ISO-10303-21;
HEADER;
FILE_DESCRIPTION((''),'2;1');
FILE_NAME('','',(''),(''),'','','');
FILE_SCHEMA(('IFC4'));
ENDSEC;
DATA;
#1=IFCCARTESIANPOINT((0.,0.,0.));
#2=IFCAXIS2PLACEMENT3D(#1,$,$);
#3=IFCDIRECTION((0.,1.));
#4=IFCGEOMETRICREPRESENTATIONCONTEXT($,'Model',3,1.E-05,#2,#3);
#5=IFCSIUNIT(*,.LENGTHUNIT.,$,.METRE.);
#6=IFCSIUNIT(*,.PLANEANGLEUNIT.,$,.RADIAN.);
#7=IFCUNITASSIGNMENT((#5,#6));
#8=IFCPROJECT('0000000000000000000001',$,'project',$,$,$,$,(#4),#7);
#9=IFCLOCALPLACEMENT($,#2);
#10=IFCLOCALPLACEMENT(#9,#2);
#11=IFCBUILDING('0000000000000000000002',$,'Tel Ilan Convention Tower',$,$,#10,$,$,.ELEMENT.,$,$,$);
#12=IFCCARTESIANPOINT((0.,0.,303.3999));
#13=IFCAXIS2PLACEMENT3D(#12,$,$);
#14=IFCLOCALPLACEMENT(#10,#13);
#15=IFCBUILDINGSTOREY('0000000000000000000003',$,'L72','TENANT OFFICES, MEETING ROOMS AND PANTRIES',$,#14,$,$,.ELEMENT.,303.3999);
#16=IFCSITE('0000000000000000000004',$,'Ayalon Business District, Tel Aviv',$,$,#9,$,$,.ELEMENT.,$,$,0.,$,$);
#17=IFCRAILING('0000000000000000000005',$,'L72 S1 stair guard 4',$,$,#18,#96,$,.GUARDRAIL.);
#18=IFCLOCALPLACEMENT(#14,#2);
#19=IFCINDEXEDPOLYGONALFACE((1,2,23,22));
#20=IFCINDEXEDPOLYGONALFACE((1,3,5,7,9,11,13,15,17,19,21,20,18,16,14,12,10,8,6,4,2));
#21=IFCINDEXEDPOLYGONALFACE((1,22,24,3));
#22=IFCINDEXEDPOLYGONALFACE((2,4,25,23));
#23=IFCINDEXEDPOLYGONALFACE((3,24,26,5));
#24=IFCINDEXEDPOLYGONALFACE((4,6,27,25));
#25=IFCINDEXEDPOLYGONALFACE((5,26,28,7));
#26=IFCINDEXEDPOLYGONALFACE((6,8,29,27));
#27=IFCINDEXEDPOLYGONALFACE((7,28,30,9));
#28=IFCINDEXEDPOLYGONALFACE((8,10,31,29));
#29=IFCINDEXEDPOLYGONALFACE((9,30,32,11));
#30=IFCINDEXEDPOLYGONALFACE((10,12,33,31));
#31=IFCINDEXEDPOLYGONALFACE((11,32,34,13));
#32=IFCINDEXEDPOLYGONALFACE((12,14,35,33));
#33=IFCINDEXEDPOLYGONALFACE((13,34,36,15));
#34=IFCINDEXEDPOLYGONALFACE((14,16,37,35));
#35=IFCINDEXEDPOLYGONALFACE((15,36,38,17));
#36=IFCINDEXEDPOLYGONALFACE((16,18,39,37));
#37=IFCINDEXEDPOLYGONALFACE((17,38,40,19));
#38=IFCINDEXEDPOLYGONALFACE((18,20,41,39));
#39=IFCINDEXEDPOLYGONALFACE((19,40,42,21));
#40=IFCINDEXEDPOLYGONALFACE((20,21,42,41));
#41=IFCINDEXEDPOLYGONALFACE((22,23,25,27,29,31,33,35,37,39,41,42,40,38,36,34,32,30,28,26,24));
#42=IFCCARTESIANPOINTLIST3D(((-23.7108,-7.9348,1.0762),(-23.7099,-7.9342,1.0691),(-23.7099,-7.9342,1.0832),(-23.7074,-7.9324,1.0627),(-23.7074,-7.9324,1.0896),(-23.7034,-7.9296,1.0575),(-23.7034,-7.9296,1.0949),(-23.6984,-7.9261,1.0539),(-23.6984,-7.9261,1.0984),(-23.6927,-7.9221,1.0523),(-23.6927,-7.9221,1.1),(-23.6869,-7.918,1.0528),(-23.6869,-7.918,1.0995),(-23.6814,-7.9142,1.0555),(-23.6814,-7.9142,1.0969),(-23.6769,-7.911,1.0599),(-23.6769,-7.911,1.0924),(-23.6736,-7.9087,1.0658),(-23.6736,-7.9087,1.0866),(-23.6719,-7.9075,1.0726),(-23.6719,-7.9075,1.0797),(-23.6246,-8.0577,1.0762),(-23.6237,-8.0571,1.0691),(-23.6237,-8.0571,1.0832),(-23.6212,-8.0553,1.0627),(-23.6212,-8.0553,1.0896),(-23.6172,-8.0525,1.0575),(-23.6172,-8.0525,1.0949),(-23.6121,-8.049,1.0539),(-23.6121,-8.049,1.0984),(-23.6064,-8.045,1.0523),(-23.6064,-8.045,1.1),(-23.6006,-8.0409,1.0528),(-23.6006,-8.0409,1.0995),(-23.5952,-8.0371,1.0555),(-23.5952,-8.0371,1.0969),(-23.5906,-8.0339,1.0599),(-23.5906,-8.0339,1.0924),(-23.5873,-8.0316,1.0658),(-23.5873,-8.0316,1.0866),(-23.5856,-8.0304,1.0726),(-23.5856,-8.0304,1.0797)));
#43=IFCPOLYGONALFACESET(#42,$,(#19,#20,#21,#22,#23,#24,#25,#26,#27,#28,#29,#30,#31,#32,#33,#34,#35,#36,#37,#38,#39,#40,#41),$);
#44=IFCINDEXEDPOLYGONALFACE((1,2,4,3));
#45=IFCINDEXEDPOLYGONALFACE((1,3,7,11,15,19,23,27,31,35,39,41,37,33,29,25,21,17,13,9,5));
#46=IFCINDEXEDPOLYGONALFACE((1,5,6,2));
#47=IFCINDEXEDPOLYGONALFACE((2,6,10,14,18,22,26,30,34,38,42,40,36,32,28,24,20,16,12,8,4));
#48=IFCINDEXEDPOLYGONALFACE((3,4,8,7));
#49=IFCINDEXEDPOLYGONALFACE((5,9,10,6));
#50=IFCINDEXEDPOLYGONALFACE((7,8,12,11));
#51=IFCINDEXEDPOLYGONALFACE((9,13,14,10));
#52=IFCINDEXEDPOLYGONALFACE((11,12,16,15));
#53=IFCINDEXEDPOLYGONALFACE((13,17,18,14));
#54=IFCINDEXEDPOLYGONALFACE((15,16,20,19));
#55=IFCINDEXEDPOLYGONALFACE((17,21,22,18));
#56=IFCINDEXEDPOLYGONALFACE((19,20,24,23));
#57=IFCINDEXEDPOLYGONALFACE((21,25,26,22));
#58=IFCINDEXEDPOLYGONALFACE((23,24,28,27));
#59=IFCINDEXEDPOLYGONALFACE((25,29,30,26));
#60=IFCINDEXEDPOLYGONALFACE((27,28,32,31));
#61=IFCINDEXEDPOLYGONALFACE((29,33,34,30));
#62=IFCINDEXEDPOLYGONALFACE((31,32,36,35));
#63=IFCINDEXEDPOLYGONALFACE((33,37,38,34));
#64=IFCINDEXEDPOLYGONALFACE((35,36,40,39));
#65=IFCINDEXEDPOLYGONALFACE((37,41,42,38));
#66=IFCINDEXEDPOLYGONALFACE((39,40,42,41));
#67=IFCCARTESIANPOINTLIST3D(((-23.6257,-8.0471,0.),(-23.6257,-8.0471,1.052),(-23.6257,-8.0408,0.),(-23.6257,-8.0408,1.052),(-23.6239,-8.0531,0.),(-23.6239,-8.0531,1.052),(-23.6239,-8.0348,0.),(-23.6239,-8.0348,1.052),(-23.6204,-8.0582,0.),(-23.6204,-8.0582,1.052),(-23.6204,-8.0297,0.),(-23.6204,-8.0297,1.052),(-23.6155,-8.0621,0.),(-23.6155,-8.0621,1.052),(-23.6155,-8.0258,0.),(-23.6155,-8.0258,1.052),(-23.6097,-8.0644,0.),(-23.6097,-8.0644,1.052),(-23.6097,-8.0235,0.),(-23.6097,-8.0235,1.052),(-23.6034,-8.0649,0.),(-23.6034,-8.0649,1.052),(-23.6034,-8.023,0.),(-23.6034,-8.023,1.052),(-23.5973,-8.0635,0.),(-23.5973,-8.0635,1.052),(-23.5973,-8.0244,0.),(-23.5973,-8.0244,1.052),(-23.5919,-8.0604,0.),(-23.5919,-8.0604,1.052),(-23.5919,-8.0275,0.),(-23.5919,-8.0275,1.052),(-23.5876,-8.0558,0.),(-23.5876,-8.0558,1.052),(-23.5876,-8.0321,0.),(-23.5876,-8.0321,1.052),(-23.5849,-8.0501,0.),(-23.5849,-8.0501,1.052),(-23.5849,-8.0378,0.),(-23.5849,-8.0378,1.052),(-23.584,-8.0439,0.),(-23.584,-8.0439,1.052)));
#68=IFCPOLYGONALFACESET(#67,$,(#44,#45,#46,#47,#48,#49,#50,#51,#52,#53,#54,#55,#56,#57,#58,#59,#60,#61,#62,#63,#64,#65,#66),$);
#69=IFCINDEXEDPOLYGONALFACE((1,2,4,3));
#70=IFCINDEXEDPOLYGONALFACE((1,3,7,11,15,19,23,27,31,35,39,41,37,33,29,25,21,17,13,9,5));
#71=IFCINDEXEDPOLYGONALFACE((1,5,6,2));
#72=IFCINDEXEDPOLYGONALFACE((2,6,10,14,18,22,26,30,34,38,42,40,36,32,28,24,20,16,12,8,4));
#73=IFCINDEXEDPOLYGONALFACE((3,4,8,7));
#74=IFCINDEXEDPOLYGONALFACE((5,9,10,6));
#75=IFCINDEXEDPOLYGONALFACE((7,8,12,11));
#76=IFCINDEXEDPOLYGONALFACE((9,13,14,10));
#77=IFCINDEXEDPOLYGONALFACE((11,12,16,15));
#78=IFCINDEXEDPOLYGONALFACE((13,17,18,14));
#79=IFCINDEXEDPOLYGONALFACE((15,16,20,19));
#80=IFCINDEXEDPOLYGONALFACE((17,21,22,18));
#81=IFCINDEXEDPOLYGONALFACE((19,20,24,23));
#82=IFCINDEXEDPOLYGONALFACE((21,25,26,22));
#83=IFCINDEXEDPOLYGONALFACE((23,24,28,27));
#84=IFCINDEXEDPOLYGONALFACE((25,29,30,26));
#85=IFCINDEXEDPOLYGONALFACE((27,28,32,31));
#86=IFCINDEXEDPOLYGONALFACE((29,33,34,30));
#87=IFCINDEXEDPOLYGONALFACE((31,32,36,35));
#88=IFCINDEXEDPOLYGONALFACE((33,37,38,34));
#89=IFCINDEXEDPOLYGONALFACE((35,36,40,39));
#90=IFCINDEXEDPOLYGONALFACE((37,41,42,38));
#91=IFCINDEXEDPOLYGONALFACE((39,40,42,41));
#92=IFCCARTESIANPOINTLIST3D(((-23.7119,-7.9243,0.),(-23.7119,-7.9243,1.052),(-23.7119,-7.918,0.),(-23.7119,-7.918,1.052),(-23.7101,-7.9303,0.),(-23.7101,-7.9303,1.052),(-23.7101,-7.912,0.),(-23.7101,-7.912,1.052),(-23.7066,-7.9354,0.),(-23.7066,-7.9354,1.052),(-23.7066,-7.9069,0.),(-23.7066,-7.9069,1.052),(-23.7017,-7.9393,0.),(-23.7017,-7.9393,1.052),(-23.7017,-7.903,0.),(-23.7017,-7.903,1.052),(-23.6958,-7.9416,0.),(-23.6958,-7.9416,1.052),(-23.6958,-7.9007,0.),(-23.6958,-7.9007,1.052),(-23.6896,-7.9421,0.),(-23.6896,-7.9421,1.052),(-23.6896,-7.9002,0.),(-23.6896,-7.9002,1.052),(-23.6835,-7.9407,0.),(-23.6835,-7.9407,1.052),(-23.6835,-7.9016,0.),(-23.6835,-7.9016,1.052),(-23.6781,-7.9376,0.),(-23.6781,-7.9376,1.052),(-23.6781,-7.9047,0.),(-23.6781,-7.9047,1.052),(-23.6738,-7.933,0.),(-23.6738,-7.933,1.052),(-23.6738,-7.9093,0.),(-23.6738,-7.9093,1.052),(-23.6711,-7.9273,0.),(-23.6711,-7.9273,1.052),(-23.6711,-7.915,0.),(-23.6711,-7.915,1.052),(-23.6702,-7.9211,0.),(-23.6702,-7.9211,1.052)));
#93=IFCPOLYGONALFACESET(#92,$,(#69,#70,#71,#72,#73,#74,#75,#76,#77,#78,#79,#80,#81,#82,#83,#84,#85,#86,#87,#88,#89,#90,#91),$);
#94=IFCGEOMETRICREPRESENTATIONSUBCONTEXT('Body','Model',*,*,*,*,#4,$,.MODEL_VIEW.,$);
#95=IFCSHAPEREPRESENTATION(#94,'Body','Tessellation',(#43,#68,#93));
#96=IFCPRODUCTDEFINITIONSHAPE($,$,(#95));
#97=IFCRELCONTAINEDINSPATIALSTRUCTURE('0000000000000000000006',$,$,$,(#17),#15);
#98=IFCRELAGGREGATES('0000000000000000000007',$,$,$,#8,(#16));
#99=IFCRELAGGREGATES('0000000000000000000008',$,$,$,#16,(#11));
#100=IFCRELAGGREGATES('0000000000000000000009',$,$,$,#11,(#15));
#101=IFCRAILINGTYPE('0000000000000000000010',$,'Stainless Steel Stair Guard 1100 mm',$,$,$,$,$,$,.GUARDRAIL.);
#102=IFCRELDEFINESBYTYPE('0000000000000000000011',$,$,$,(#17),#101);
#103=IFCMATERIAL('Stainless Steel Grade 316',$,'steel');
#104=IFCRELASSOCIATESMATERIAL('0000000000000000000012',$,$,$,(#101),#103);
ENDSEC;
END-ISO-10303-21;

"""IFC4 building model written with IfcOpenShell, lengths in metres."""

from ifc_helpers import new_model, si_unit, direction, frame, origin, origin_2d, place, context, subcontext, project, spatial, circle, extrude, material, type_object, element, save


model = new_model("IFC4")

# Units and contexts
model_context = context("Model", 3, precision=1e-05, world=origin(), true_north=direction((0.0, 1.0)))
body_context = subcontext(model_context, "Body", "Model", "MODEL_VIEW")
ifc_project = project(units=[si_unit("LENGTHUNIT", "METRE"), si_unit("PLANEANGLEUNIT", "RADIAN")], contexts=[model_context])

# Site, building, storey
site_placement = place(None, origin())
site = spatial("IfcSite", under=ifc_project, at=site_placement, Name="Ayalon Business District, Tel Aviv", CompositionType="ELEMENT", RefElevation=0.0)
building_placement = place(site_placement, origin())
building = spatial("IfcBuilding", under=site, at=building_placement, Name="Tel Ilan Convention Tower", CompositionType="ELEMENT")
storey_placement = place(building_placement, frame((0.0, 0.0, 303.3999)))
storey = spatial("IfcBuildingStorey", under=building, at=storey_placement, Name="L72", Description="TENANT OFFICES, MEETING ROOMS AND PANTRIES", CompositionType="ELEMENT", Elevation=303.3999)

# Railing
ifc_material_1 = material(Name="Stainless Steel Grade 316", Category="steel")
railing_type_1 = type_object("IfcRailingType", Name="Stainless Steel Stair Guard 1100 mm", PredefinedType="GUARDRAIL", material=ifc_material_1)
railing_1_placement = place(storey_placement, frame((-23.605, -8.0439, 0.0)))
element("IfcRailing", 1, at=railing_1_placement, inside=storey, type_object=railing_type_1, Name="L72 S1 stair guard 4", PredefinedType="GUARDRAIL", context=body_context, shape_type="SweptSolid", body=[
    extrude(circle(Radius=0.0239, at=origin_2d()), frame((0.0, 0.0, 1.0762), z_axis=(-0.574445, 0.818543, 0.0), x_axis=(-0.818543, -0.574445, 0.0)), (0.0, 0.0, 1.0), 0.1501),
    extrude(circle(Radius=0.021, at=origin_2d()), origin(), (0.0, 0.0, 1.0), 1.052),
    extrude(circle(Radius=0.021, at=origin_2d()), frame((-0.0862, 0.1228, 0.0)), (0.0, 0.0, 1.0), 1.052),
])

save(model, "model.ifc")
